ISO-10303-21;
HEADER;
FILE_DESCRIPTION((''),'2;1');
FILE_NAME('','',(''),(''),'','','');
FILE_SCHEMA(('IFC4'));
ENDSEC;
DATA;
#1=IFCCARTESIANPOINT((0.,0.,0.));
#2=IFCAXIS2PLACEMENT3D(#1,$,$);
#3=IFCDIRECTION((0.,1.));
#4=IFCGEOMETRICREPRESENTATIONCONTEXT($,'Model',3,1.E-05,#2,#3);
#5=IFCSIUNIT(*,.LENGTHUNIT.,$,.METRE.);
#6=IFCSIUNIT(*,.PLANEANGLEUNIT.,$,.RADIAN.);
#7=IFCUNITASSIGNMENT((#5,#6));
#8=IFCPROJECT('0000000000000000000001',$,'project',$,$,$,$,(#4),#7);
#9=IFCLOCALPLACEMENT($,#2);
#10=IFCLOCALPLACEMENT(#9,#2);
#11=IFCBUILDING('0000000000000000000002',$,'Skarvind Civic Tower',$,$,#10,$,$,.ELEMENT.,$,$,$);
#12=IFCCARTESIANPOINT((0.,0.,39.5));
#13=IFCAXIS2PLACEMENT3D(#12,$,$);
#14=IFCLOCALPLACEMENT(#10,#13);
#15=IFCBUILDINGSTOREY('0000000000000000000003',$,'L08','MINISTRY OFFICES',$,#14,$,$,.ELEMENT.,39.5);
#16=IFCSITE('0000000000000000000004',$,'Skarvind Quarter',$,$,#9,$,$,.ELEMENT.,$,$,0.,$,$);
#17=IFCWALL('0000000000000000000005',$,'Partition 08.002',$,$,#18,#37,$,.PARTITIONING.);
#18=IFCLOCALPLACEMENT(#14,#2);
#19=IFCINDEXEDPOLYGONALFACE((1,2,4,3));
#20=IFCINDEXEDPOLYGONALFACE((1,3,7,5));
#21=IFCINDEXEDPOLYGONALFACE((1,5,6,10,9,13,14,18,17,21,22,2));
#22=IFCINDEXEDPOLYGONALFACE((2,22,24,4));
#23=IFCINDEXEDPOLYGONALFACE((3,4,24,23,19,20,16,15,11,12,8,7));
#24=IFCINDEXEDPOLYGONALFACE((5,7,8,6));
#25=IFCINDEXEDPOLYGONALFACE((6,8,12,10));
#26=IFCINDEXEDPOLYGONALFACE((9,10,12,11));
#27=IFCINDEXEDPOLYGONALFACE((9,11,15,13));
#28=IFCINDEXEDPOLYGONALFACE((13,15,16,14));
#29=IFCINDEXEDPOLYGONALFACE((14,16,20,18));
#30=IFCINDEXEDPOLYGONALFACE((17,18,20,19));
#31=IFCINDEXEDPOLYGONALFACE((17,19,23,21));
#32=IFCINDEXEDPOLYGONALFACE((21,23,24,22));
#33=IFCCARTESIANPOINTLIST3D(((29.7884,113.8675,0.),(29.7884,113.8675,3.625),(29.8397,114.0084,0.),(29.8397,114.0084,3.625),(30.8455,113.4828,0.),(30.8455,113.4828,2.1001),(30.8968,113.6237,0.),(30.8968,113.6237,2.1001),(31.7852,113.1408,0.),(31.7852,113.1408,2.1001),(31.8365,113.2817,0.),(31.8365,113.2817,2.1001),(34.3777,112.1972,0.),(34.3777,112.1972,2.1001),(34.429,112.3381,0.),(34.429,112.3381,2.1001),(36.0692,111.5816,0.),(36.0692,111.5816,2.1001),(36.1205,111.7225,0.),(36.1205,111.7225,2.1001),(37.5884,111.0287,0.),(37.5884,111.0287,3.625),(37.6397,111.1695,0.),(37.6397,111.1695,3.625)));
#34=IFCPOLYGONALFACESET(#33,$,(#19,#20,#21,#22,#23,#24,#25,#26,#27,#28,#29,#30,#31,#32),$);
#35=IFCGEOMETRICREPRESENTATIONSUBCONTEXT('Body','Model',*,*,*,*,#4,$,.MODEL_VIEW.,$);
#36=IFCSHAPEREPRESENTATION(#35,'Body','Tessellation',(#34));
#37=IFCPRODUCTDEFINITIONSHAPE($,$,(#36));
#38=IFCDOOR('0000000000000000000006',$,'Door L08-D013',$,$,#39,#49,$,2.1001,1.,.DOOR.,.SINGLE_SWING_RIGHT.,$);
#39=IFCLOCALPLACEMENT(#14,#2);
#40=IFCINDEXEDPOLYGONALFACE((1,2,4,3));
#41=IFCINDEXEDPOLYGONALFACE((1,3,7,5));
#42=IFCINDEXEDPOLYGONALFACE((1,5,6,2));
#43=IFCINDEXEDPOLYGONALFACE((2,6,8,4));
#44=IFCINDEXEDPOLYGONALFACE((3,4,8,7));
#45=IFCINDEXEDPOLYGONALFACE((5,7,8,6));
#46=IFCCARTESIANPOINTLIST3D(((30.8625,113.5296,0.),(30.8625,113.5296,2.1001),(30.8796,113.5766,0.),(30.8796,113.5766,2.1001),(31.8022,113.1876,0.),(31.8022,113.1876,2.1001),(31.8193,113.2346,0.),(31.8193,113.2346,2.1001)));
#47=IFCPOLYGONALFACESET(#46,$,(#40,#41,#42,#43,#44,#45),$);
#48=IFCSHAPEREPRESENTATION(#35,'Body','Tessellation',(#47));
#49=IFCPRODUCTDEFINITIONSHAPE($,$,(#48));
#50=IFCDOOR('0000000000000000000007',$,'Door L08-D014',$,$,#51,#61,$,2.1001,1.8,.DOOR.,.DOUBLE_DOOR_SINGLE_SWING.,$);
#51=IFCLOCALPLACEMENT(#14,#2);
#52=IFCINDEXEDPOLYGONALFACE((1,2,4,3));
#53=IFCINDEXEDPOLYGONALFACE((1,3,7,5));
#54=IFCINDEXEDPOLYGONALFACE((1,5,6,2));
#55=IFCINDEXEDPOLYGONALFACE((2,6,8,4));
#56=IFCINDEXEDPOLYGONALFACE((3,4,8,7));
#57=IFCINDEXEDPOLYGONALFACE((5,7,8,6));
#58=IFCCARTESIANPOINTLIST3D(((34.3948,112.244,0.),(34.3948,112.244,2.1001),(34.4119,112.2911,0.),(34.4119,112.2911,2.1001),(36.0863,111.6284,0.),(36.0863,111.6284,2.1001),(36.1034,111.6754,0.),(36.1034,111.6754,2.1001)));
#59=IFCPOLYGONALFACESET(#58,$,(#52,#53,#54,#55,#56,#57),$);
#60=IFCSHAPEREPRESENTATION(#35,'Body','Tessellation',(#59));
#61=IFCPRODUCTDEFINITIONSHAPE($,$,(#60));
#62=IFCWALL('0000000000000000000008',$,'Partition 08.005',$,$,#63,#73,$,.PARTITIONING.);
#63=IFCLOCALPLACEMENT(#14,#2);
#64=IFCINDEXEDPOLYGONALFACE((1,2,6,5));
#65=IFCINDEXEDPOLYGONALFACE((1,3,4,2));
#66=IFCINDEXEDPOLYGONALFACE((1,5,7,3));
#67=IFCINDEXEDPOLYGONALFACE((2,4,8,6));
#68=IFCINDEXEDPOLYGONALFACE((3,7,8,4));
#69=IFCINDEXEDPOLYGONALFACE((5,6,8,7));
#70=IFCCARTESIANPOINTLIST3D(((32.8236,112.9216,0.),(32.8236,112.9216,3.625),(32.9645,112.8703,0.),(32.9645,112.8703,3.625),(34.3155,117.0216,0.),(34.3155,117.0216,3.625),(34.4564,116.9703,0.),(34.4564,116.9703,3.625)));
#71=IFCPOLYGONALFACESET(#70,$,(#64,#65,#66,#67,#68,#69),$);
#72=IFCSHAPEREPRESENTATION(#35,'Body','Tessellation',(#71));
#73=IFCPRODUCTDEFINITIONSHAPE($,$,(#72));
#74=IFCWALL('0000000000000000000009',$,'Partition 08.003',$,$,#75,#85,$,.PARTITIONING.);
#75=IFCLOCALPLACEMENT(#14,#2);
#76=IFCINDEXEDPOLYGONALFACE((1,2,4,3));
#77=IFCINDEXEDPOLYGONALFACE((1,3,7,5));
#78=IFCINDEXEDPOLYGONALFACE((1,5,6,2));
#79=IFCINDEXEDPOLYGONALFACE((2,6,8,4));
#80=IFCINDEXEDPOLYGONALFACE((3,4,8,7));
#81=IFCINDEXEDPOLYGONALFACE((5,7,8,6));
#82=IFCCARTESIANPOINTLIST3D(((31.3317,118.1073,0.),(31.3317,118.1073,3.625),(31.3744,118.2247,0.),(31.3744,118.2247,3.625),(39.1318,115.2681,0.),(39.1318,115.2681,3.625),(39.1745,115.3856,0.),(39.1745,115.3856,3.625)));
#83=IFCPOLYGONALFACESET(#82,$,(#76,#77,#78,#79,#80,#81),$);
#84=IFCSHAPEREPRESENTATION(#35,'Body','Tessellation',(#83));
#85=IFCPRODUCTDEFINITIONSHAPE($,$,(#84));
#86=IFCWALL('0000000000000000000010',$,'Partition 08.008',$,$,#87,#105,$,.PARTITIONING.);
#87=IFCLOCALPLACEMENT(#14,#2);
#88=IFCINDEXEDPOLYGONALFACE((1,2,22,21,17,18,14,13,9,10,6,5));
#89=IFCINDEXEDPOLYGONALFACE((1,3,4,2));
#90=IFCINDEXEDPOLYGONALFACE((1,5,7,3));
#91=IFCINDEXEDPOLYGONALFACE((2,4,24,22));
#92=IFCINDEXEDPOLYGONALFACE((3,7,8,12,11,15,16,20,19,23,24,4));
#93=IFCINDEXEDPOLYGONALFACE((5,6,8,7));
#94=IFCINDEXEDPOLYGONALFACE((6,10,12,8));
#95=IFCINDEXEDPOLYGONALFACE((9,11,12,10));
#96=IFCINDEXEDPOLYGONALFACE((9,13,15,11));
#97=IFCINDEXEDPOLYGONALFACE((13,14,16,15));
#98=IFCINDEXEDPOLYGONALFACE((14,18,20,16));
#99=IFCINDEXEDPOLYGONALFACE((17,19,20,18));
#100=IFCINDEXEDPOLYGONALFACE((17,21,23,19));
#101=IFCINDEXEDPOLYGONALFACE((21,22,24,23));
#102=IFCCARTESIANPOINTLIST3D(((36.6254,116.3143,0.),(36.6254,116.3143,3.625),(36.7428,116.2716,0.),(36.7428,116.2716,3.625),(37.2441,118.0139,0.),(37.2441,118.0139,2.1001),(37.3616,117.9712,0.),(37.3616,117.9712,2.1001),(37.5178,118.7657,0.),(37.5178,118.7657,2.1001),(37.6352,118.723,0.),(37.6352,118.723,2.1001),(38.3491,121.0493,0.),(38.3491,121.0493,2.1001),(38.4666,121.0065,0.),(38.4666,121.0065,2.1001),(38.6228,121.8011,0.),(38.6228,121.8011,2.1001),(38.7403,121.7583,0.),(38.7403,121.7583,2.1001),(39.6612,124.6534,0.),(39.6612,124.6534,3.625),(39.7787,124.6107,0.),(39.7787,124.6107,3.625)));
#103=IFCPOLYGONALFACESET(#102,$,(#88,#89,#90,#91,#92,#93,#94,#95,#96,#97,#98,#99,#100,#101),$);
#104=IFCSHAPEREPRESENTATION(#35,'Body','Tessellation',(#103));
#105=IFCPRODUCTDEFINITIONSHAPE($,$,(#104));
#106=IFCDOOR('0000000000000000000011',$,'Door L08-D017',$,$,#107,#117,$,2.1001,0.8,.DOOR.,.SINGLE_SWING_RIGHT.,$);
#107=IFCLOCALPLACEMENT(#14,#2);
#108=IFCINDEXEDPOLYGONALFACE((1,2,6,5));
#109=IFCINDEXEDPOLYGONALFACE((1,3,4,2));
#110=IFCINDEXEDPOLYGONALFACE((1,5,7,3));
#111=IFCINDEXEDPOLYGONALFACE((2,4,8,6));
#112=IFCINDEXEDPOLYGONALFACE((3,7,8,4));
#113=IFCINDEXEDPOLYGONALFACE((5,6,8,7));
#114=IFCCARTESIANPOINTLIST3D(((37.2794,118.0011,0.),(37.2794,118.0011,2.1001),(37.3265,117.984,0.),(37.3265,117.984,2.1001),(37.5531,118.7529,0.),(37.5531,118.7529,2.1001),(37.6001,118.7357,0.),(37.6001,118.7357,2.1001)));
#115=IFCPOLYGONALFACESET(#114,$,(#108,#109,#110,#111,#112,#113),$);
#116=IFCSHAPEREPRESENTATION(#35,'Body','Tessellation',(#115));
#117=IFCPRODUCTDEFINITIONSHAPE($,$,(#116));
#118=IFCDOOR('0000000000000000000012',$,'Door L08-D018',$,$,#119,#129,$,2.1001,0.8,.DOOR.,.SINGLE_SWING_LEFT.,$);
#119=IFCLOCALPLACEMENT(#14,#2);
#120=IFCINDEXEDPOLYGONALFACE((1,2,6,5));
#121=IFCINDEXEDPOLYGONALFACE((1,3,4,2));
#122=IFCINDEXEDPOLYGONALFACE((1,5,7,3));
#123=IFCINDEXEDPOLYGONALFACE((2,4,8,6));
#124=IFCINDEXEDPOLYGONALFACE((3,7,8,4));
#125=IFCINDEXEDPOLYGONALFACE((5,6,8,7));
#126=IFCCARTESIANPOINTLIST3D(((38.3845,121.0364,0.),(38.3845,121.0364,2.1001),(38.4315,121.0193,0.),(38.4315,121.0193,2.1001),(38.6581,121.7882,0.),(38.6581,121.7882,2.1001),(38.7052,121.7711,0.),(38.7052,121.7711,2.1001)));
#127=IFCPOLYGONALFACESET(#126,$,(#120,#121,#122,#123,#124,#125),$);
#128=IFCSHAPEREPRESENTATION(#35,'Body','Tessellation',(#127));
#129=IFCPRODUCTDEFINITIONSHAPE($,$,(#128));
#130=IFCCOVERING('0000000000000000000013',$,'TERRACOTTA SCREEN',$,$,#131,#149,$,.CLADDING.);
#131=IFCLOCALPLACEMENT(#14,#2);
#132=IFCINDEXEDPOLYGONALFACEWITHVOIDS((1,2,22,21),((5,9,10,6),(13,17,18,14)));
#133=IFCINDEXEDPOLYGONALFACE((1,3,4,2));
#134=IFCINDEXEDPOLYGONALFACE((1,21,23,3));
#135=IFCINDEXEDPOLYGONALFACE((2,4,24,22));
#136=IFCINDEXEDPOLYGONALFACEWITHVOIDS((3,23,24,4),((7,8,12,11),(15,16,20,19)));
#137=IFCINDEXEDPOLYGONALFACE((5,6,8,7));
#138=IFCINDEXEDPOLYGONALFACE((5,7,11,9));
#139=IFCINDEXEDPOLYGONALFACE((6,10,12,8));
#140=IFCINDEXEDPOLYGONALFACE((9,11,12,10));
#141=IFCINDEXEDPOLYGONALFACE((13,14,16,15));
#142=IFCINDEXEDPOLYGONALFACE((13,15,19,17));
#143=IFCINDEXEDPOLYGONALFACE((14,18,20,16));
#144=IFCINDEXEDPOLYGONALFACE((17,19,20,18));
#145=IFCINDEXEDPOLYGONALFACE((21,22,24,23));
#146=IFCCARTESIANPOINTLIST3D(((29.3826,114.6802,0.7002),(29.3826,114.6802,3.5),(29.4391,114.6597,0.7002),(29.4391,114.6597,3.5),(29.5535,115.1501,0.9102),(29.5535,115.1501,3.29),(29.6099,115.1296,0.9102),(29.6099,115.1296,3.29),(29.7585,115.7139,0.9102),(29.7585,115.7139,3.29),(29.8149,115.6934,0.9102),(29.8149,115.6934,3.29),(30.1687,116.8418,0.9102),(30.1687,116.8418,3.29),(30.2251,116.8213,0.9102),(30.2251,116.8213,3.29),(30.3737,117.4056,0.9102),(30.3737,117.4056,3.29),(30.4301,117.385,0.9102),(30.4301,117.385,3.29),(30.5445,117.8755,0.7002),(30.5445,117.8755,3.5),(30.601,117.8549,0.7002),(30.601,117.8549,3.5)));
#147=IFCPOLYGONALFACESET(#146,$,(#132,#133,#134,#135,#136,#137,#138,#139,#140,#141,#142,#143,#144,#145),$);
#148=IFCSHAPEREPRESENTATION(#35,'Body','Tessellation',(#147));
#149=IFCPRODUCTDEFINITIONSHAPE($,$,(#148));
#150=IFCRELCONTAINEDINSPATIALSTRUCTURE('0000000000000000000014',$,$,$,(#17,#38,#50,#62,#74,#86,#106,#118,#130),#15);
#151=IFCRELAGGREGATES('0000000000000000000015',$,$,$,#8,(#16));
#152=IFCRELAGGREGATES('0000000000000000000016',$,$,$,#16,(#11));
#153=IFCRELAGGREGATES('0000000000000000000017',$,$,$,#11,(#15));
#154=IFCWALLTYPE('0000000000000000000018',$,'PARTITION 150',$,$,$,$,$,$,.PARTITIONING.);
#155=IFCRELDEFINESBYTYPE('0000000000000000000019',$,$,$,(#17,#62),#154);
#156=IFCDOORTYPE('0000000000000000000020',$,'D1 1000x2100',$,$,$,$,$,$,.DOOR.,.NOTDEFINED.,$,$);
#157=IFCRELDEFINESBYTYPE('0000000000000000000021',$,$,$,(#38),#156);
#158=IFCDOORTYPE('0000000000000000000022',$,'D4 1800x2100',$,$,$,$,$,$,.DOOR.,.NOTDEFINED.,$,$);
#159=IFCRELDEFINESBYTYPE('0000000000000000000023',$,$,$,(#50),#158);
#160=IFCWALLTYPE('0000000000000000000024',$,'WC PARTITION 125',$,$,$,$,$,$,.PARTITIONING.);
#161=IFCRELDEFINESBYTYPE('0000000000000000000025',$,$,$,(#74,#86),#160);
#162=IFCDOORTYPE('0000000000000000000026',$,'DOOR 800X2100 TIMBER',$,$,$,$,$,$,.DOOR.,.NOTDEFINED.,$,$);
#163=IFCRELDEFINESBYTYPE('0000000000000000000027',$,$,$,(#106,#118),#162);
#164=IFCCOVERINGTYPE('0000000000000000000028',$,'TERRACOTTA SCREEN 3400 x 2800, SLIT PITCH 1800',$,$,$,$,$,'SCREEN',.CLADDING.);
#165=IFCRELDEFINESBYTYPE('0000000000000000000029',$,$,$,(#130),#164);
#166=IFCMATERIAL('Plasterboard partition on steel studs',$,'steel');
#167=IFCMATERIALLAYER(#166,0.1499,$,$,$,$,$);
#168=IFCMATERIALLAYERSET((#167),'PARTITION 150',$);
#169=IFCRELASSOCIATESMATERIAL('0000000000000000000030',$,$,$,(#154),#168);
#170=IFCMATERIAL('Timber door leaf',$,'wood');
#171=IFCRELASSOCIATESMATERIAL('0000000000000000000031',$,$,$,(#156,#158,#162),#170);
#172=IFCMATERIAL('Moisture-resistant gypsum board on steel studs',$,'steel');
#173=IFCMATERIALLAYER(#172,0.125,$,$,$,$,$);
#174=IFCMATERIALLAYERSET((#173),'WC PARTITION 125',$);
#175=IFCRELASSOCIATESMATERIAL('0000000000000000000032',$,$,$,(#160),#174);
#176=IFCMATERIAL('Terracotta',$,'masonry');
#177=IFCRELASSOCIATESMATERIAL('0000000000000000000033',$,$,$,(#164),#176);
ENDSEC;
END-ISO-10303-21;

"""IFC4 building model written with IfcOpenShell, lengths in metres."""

from ifc_helpers import new_model, si_unit, direction, frame, frame_2d, origin, place, context, subcontext, project, spatial, polyline, rectangle, outline, extrude, material, layer, layer_set, material_profile, profile_set, type_object, element, fill, save


model = new_model("IFC4")

# Units and contexts
model_context = context("Model", 3, precision=1e-05, world=origin(), true_north=direction((0.0, 1.0)))
body_context = subcontext(model_context, "Body", "Model", "MODEL_VIEW")
ifc_project = project(units=[si_unit("LENGTHUNIT", "METRE"), si_unit("PLANEANGLEUNIT", "RADIAN")], contexts=[model_context])

# Site, building, storey
site_placement = place(None, origin())
site = spatial("IfcSite", under=ifc_project, at=site_placement, Name="Skarvind Quarter", CompositionType="ELEMENT", RefElevation=0.0)
building_placement = place(site_placement, origin())
building = spatial("IfcBuilding", under=site, at=building_placement, Name="Skarvind Civic Tower", CompositionType="ELEMENT")
storey_placement = place(building_placement, frame((0.0, 0.0, 39.5)))
storey = spatial("IfcBuildingStorey", under=building, at=storey_placement, Name="L08", Description="MINISTRY OFFICES", CompositionType="ELEMENT", Elevation=39.5)

# Wall, openings, doors
ifc_material_1 = material(Name="Plasterboard partition on steel studs", Category="steel")
ifc_layer_1 = layer(ifc_material_1, 0.1499)
ifc_layer_set_1 = layer_set([ifc_layer_1], Name="PARTITION 150")
wall_type_1 = type_object("IfcWallType", Name="PARTITION 150", PredefinedType="PARTITIONING", material=ifc_layer_set_1)
wall_1_placement = place(storey_placement, frame((29.814, 113.938, 0.0), z_axis=(0.0, 0.0, 1.0), x_axis=(0.939697, -0.342008, 0.0)))
wall_1 = element("IfcWall", 1, at=wall_1_placement, inside=storey, type_object=wall_type_1, Name="Partition 08.002", PredefinedType="PARTITIONING", context=body_context, shape_type="SweptSolid", body=[
    extrude(rectangle(XDim=8.3005, YDim=0.1499, at=frame_2d((4.1504, 0.0))), origin(), (0.0, 0.0, 1.0), 3.625),
])
opening_1_placement = place(wall_1_placement, frame((1.125, 0.0, 0.0)))
opening_1 = element("IfcOpeningElement", 2, at=opening_1_placement, cuts=wall_1, PredefinedType="OPENING", context=body_context, shape_type="SweptSolid", body=[
    extrude(rectangle(XDim=1.0, YDim=2.1001, at=frame_2d((0.5, 1.05))), frame((0.0, 0.085, 0.0), z_axis=(0.0, -1.0, 0.0), x_axis=(1.0, 0.0, 0.0)), (0.0, 0.0, 1.0), 0.1699),
])
opening_2_placement = place(wall_1_placement, frame((4.884, 0.0, 0.0)))
opening_2 = element("IfcOpeningElement", 3, at=opening_2_placement, cuts=wall_1, PredefinedType="OPENING", context=body_context, shape_type="SweptSolid", body=[
    extrude(rectangle(XDim=1.8, YDim=2.1001, at=frame_2d((0.8999, 1.05))), frame((0.0, 0.085, 0.0), z_axis=(0.0, -1.0, 0.0), x_axis=(1.0, 0.0, 0.0)), (0.0, 0.0, 1.0), 0.1699),
])
ifc_material_2 = material(Name="Timber door leaf", Category="wood")
door_type_1 = type_object("IfcDoorType", Name="D1 1000x2100", OperationType="NOTDEFINED", PredefinedType="DOOR", material=ifc_material_2)
door_1_placement = place(opening_1_placement, origin())
door_1 = element("IfcDoor", 4, at=door_1_placement, inside=storey, type_object=door_type_1, Name="Door L08-D013", OperationType="SINGLE_SWING_RIGHT", OverallHeight=2.1001, OverallWidth=1.0, PredefinedType="DOOR", context=body_context, shape_type="SweptSolid", body=[
    extrude(rectangle(XDim=1.0, YDim=2.1001, at=frame_2d((0.5, 1.05))), frame((0.0, 0.0249, 0.0), z_axis=(0.0, -1.0, 0.0), x_axis=(1.0, 0.0, 0.0)), (0.0, 0.0, 1.0), 0.05),
])
fill(opening_1, door_1)
door_type_2 = type_object("IfcDoorType", Name="D4 1800x2100", OperationType="NOTDEFINED", PredefinedType="DOOR", material=ifc_material_2)
door_2_placement = place(opening_2_placement, origin())
door_2 = element("IfcDoor", 5, at=door_2_placement, inside=storey, type_object=door_type_2, Name="Door L08-D014", OperationType="DOUBLE_DOOR_SINGLE_SWING", OverallHeight=2.1001, OverallWidth=1.8, PredefinedType="DOOR", context=body_context, shape_type="SweptSolid", body=[
    extrude(rectangle(XDim=1.8, YDim=2.1001, at=frame_2d((0.8999, 1.05))), frame((0.0, 0.0249, 0.0), z_axis=(0.0, -1.0, 0.0), x_axis=(1.0, 0.0, 0.0)), (0.0, 0.0, 1.0), 0.05),
])
fill(opening_2, door_2)

# Walls
wall_2_placement = place(storey_placement, frame((34.386, 116.9961, 0.0), z_axis=(0.0, 0.0, 1.0), x_axis=(-0.341945, -0.93972, 0.0)))
element("IfcWall", 6, at=wall_2_placement, inside=storey, type_object=wall_type_1, Name="Partition 08.005", PredefinedType="PARTITIONING", context=body_context, shape_type="SweptSolid", body=[
    extrude(rectangle(XDim=4.363, YDim=0.1499, at=frame_2d((2.1816, 0.0))), origin(), (0.0, 0.0, 1.0), 3.625),
])
ifc_material_3 = material(Name="Moisture-resistant gypsum board on steel studs", Category="steel")
ifc_layer_2 = layer(ifc_material_3, 0.125)
ifc_layer_set_2 = layer_set([ifc_layer_2], Name="WC PARTITION 125")
wall_type_2 = type_object("IfcWallType", Name="WC PARTITION 125", PredefinedType="PARTITIONING", material=ifc_layer_set_2)
wall_3_placement = place(storey_placement, frame((31.353, 118.166, 0.0), z_axis=(0.0, 0.0, 1.0), x_axis=(0.939688, -0.342034, 0.0)))
element("IfcWall", 7, at=wall_3_placement, inside=storey, type_object=wall_type_2, Name="Partition 08.003", PredefinedType="PARTITIONING", context=body_context, shape_type="SweptSolid", body=[
    extrude(rectangle(XDim=8.3008, YDim=0.125, at=frame_2d((4.1504, 0.0))), origin(), (0.0, 0.0, 1.0), 3.625),
])

# Wall, openings, doors
wall_4_placement = place(storey_placement, frame((36.6841, 116.293, 0.0), z_axis=(0.0, 0.0, 1.0), x_axis=(0.34209, 0.939667, 0.0)))
wall_4 = element("IfcWall", 8, at=wall_4_placement, inside=storey, type_object=wall_type_2, Name="Partition 08.008", PredefinedType="PARTITIONING", context=body_context, shape_type="SweptSolid", body=[
    extrude(rectangle(XDim=8.8745, YDim=0.125, at=frame_2d((4.4373, 0.0))), origin(), (0.0, 0.0, 1.0), 3.625),
])
opening_3_placement = place(wall_4_placement, frame((1.8088, 0.0, 0.0)))
opening_3 = element("IfcOpeningElement", 9, at=opening_3_placement, cuts=wall_4, PredefinedType="OPENING", context=body_context, shape_type="SweptSolid", body=[
    extrude(rectangle(XDim=0.8, YDim=2.1001, at=frame_2d((0.3999, 1.05))), frame((0.0, 0.0725, 0.0), z_axis=(0.0, -1.0, 0.0), x_axis=(1.0, 0.0, 0.0)), (0.0, 0.0, 1.0), 0.145),
])
opening_4_placement = place(wall_4_placement, frame((5.0391, 0.0, 0.0)))
opening_4 = element("IfcOpeningElement", 10, at=opening_4_placement, cuts=wall_4, PredefinedType="OPENING", context=body_context, shape_type="SweptSolid", body=[
    extrude(rectangle(XDim=0.8, YDim=2.1001, at=frame_2d((0.3999, 1.05))), frame((0.0, 0.0725, 0.0), z_axis=(0.0, -1.0, 0.0), x_axis=(1.0, 0.0, 0.0)), (0.0, 0.0, 1.0), 0.145),
])
door_type_3 = type_object("IfcDoorType", Name="DOOR 800X2100 TIMBER", OperationType="NOTDEFINED", PredefinedType="DOOR", material=ifc_material_2)
door_3_placement = place(opening_3_placement, origin())
door_3 = element("IfcDoor", 11, at=door_3_placement, inside=storey, type_object=door_type_3, Name="Door L08-D017", OperationType="SINGLE_SWING_RIGHT", OverallHeight=2.1001, OverallWidth=0.8, PredefinedType="DOOR", context=body_context, shape_type="SweptSolid", body=[
    extrude(rectangle(XDim=0.8, YDim=2.1001, at=frame_2d((0.3999, 1.05))), frame((0.0, 0.0249, 0.0), z_axis=(0.0, -1.0, 0.0), x_axis=(1.0, 0.0, 0.0)), (0.0, 0.0, 1.0), 0.05),
])
fill(opening_3, door_3)
door_4_placement = place(opening_4_placement, origin())
door_4 = element("IfcDoor", 12, at=door_4_placement, inside=storey, type_object=door_type_3, Name="Door L08-D018", OperationType="SINGLE_SWING_LEFT", OverallHeight=2.1001, OverallWidth=0.8, PredefinedType="DOOR", context=body_context, shape_type="SweptSolid", body=[
    extrude(rectangle(XDim=0.8, YDim=2.1001, at=frame_2d((0.3999, 1.05))), frame((0.0, 0.0249, 0.0), z_axis=(0.0, -1.0, 0.0), x_axis=(1.0, 0.0, 0.0)), (0.0, 0.0, 1.0), 0.05),
])
fill(opening_4, door_4)

# Covering
ifc_material_4 = material(Name="Terracotta", Category="masonry")
ifc_material_profile_1 = material_profile(ifc_material_4, outline(polyline([(-1.7, -1.3999), (1.7, -1.3999), (1.7, 1.3999), (-1.7, 1.3999), (-1.7, -1.3999)]), holes=[polyline([(-1.2, -1.1899), (-0.6001, -1.1899), (-0.6001, 1.1899), (-1.2, 1.1899), (-1.2, -1.1899)]), polyline([(0.6001, -1.1899), (1.2, -1.1899), (1.2, 1.1899), (0.6001, 1.1899), (0.6001, -1.1899)])]), Name="TERRACOTTA SCREEN 3400 x 2800, SLIT PITCH 1800")
ifc_profile_set_1 = profile_set([ifc_material_profile_1], Name="Terracotta")
covering_type = type_object("IfcCoveringType", Name="TERRACOTTA SCREEN 3400 x 2800, SLIT PITCH 1800", ElementType="SCREEN", PredefinedType="CLADDING", material=ifc_profile_set_1)
covering_placement = place(storey_placement, frame((30.02, 116.2573, 2.1001), z_axis=(-0.939793, 0.341743, 0.0), x_axis=(-0.341743, -0.939793, 0.0)))
element("IfcCovering", 13, at=covering_placement, inside=storey, type_object=covering_type, Name="TERRACOTTA SCREEN", PredefinedType="CLADDING", context=body_context, shape_type="SweptSolid", body=[
    extrude(outline(polyline([(-1.7, -1.3999), (1.7, -1.3999), (1.7, 1.3999), (-1.7, 1.3999), (-1.7, -1.3999)]), holes=[polyline([(-1.2, -1.1899), (-0.6001, -1.1899), (-0.6001, 1.1899), (-1.2, 1.1899), (-1.2, -1.1899)]), polyline([(0.6001, -1.1899), (1.2, -1.1899), (1.2, 1.1899), (0.6001, 1.1899), (0.6001, -1.1899)])]), origin(), (0.0, 0.0, 1.0), 0.0601),
])

save(model, "model.ifc")
